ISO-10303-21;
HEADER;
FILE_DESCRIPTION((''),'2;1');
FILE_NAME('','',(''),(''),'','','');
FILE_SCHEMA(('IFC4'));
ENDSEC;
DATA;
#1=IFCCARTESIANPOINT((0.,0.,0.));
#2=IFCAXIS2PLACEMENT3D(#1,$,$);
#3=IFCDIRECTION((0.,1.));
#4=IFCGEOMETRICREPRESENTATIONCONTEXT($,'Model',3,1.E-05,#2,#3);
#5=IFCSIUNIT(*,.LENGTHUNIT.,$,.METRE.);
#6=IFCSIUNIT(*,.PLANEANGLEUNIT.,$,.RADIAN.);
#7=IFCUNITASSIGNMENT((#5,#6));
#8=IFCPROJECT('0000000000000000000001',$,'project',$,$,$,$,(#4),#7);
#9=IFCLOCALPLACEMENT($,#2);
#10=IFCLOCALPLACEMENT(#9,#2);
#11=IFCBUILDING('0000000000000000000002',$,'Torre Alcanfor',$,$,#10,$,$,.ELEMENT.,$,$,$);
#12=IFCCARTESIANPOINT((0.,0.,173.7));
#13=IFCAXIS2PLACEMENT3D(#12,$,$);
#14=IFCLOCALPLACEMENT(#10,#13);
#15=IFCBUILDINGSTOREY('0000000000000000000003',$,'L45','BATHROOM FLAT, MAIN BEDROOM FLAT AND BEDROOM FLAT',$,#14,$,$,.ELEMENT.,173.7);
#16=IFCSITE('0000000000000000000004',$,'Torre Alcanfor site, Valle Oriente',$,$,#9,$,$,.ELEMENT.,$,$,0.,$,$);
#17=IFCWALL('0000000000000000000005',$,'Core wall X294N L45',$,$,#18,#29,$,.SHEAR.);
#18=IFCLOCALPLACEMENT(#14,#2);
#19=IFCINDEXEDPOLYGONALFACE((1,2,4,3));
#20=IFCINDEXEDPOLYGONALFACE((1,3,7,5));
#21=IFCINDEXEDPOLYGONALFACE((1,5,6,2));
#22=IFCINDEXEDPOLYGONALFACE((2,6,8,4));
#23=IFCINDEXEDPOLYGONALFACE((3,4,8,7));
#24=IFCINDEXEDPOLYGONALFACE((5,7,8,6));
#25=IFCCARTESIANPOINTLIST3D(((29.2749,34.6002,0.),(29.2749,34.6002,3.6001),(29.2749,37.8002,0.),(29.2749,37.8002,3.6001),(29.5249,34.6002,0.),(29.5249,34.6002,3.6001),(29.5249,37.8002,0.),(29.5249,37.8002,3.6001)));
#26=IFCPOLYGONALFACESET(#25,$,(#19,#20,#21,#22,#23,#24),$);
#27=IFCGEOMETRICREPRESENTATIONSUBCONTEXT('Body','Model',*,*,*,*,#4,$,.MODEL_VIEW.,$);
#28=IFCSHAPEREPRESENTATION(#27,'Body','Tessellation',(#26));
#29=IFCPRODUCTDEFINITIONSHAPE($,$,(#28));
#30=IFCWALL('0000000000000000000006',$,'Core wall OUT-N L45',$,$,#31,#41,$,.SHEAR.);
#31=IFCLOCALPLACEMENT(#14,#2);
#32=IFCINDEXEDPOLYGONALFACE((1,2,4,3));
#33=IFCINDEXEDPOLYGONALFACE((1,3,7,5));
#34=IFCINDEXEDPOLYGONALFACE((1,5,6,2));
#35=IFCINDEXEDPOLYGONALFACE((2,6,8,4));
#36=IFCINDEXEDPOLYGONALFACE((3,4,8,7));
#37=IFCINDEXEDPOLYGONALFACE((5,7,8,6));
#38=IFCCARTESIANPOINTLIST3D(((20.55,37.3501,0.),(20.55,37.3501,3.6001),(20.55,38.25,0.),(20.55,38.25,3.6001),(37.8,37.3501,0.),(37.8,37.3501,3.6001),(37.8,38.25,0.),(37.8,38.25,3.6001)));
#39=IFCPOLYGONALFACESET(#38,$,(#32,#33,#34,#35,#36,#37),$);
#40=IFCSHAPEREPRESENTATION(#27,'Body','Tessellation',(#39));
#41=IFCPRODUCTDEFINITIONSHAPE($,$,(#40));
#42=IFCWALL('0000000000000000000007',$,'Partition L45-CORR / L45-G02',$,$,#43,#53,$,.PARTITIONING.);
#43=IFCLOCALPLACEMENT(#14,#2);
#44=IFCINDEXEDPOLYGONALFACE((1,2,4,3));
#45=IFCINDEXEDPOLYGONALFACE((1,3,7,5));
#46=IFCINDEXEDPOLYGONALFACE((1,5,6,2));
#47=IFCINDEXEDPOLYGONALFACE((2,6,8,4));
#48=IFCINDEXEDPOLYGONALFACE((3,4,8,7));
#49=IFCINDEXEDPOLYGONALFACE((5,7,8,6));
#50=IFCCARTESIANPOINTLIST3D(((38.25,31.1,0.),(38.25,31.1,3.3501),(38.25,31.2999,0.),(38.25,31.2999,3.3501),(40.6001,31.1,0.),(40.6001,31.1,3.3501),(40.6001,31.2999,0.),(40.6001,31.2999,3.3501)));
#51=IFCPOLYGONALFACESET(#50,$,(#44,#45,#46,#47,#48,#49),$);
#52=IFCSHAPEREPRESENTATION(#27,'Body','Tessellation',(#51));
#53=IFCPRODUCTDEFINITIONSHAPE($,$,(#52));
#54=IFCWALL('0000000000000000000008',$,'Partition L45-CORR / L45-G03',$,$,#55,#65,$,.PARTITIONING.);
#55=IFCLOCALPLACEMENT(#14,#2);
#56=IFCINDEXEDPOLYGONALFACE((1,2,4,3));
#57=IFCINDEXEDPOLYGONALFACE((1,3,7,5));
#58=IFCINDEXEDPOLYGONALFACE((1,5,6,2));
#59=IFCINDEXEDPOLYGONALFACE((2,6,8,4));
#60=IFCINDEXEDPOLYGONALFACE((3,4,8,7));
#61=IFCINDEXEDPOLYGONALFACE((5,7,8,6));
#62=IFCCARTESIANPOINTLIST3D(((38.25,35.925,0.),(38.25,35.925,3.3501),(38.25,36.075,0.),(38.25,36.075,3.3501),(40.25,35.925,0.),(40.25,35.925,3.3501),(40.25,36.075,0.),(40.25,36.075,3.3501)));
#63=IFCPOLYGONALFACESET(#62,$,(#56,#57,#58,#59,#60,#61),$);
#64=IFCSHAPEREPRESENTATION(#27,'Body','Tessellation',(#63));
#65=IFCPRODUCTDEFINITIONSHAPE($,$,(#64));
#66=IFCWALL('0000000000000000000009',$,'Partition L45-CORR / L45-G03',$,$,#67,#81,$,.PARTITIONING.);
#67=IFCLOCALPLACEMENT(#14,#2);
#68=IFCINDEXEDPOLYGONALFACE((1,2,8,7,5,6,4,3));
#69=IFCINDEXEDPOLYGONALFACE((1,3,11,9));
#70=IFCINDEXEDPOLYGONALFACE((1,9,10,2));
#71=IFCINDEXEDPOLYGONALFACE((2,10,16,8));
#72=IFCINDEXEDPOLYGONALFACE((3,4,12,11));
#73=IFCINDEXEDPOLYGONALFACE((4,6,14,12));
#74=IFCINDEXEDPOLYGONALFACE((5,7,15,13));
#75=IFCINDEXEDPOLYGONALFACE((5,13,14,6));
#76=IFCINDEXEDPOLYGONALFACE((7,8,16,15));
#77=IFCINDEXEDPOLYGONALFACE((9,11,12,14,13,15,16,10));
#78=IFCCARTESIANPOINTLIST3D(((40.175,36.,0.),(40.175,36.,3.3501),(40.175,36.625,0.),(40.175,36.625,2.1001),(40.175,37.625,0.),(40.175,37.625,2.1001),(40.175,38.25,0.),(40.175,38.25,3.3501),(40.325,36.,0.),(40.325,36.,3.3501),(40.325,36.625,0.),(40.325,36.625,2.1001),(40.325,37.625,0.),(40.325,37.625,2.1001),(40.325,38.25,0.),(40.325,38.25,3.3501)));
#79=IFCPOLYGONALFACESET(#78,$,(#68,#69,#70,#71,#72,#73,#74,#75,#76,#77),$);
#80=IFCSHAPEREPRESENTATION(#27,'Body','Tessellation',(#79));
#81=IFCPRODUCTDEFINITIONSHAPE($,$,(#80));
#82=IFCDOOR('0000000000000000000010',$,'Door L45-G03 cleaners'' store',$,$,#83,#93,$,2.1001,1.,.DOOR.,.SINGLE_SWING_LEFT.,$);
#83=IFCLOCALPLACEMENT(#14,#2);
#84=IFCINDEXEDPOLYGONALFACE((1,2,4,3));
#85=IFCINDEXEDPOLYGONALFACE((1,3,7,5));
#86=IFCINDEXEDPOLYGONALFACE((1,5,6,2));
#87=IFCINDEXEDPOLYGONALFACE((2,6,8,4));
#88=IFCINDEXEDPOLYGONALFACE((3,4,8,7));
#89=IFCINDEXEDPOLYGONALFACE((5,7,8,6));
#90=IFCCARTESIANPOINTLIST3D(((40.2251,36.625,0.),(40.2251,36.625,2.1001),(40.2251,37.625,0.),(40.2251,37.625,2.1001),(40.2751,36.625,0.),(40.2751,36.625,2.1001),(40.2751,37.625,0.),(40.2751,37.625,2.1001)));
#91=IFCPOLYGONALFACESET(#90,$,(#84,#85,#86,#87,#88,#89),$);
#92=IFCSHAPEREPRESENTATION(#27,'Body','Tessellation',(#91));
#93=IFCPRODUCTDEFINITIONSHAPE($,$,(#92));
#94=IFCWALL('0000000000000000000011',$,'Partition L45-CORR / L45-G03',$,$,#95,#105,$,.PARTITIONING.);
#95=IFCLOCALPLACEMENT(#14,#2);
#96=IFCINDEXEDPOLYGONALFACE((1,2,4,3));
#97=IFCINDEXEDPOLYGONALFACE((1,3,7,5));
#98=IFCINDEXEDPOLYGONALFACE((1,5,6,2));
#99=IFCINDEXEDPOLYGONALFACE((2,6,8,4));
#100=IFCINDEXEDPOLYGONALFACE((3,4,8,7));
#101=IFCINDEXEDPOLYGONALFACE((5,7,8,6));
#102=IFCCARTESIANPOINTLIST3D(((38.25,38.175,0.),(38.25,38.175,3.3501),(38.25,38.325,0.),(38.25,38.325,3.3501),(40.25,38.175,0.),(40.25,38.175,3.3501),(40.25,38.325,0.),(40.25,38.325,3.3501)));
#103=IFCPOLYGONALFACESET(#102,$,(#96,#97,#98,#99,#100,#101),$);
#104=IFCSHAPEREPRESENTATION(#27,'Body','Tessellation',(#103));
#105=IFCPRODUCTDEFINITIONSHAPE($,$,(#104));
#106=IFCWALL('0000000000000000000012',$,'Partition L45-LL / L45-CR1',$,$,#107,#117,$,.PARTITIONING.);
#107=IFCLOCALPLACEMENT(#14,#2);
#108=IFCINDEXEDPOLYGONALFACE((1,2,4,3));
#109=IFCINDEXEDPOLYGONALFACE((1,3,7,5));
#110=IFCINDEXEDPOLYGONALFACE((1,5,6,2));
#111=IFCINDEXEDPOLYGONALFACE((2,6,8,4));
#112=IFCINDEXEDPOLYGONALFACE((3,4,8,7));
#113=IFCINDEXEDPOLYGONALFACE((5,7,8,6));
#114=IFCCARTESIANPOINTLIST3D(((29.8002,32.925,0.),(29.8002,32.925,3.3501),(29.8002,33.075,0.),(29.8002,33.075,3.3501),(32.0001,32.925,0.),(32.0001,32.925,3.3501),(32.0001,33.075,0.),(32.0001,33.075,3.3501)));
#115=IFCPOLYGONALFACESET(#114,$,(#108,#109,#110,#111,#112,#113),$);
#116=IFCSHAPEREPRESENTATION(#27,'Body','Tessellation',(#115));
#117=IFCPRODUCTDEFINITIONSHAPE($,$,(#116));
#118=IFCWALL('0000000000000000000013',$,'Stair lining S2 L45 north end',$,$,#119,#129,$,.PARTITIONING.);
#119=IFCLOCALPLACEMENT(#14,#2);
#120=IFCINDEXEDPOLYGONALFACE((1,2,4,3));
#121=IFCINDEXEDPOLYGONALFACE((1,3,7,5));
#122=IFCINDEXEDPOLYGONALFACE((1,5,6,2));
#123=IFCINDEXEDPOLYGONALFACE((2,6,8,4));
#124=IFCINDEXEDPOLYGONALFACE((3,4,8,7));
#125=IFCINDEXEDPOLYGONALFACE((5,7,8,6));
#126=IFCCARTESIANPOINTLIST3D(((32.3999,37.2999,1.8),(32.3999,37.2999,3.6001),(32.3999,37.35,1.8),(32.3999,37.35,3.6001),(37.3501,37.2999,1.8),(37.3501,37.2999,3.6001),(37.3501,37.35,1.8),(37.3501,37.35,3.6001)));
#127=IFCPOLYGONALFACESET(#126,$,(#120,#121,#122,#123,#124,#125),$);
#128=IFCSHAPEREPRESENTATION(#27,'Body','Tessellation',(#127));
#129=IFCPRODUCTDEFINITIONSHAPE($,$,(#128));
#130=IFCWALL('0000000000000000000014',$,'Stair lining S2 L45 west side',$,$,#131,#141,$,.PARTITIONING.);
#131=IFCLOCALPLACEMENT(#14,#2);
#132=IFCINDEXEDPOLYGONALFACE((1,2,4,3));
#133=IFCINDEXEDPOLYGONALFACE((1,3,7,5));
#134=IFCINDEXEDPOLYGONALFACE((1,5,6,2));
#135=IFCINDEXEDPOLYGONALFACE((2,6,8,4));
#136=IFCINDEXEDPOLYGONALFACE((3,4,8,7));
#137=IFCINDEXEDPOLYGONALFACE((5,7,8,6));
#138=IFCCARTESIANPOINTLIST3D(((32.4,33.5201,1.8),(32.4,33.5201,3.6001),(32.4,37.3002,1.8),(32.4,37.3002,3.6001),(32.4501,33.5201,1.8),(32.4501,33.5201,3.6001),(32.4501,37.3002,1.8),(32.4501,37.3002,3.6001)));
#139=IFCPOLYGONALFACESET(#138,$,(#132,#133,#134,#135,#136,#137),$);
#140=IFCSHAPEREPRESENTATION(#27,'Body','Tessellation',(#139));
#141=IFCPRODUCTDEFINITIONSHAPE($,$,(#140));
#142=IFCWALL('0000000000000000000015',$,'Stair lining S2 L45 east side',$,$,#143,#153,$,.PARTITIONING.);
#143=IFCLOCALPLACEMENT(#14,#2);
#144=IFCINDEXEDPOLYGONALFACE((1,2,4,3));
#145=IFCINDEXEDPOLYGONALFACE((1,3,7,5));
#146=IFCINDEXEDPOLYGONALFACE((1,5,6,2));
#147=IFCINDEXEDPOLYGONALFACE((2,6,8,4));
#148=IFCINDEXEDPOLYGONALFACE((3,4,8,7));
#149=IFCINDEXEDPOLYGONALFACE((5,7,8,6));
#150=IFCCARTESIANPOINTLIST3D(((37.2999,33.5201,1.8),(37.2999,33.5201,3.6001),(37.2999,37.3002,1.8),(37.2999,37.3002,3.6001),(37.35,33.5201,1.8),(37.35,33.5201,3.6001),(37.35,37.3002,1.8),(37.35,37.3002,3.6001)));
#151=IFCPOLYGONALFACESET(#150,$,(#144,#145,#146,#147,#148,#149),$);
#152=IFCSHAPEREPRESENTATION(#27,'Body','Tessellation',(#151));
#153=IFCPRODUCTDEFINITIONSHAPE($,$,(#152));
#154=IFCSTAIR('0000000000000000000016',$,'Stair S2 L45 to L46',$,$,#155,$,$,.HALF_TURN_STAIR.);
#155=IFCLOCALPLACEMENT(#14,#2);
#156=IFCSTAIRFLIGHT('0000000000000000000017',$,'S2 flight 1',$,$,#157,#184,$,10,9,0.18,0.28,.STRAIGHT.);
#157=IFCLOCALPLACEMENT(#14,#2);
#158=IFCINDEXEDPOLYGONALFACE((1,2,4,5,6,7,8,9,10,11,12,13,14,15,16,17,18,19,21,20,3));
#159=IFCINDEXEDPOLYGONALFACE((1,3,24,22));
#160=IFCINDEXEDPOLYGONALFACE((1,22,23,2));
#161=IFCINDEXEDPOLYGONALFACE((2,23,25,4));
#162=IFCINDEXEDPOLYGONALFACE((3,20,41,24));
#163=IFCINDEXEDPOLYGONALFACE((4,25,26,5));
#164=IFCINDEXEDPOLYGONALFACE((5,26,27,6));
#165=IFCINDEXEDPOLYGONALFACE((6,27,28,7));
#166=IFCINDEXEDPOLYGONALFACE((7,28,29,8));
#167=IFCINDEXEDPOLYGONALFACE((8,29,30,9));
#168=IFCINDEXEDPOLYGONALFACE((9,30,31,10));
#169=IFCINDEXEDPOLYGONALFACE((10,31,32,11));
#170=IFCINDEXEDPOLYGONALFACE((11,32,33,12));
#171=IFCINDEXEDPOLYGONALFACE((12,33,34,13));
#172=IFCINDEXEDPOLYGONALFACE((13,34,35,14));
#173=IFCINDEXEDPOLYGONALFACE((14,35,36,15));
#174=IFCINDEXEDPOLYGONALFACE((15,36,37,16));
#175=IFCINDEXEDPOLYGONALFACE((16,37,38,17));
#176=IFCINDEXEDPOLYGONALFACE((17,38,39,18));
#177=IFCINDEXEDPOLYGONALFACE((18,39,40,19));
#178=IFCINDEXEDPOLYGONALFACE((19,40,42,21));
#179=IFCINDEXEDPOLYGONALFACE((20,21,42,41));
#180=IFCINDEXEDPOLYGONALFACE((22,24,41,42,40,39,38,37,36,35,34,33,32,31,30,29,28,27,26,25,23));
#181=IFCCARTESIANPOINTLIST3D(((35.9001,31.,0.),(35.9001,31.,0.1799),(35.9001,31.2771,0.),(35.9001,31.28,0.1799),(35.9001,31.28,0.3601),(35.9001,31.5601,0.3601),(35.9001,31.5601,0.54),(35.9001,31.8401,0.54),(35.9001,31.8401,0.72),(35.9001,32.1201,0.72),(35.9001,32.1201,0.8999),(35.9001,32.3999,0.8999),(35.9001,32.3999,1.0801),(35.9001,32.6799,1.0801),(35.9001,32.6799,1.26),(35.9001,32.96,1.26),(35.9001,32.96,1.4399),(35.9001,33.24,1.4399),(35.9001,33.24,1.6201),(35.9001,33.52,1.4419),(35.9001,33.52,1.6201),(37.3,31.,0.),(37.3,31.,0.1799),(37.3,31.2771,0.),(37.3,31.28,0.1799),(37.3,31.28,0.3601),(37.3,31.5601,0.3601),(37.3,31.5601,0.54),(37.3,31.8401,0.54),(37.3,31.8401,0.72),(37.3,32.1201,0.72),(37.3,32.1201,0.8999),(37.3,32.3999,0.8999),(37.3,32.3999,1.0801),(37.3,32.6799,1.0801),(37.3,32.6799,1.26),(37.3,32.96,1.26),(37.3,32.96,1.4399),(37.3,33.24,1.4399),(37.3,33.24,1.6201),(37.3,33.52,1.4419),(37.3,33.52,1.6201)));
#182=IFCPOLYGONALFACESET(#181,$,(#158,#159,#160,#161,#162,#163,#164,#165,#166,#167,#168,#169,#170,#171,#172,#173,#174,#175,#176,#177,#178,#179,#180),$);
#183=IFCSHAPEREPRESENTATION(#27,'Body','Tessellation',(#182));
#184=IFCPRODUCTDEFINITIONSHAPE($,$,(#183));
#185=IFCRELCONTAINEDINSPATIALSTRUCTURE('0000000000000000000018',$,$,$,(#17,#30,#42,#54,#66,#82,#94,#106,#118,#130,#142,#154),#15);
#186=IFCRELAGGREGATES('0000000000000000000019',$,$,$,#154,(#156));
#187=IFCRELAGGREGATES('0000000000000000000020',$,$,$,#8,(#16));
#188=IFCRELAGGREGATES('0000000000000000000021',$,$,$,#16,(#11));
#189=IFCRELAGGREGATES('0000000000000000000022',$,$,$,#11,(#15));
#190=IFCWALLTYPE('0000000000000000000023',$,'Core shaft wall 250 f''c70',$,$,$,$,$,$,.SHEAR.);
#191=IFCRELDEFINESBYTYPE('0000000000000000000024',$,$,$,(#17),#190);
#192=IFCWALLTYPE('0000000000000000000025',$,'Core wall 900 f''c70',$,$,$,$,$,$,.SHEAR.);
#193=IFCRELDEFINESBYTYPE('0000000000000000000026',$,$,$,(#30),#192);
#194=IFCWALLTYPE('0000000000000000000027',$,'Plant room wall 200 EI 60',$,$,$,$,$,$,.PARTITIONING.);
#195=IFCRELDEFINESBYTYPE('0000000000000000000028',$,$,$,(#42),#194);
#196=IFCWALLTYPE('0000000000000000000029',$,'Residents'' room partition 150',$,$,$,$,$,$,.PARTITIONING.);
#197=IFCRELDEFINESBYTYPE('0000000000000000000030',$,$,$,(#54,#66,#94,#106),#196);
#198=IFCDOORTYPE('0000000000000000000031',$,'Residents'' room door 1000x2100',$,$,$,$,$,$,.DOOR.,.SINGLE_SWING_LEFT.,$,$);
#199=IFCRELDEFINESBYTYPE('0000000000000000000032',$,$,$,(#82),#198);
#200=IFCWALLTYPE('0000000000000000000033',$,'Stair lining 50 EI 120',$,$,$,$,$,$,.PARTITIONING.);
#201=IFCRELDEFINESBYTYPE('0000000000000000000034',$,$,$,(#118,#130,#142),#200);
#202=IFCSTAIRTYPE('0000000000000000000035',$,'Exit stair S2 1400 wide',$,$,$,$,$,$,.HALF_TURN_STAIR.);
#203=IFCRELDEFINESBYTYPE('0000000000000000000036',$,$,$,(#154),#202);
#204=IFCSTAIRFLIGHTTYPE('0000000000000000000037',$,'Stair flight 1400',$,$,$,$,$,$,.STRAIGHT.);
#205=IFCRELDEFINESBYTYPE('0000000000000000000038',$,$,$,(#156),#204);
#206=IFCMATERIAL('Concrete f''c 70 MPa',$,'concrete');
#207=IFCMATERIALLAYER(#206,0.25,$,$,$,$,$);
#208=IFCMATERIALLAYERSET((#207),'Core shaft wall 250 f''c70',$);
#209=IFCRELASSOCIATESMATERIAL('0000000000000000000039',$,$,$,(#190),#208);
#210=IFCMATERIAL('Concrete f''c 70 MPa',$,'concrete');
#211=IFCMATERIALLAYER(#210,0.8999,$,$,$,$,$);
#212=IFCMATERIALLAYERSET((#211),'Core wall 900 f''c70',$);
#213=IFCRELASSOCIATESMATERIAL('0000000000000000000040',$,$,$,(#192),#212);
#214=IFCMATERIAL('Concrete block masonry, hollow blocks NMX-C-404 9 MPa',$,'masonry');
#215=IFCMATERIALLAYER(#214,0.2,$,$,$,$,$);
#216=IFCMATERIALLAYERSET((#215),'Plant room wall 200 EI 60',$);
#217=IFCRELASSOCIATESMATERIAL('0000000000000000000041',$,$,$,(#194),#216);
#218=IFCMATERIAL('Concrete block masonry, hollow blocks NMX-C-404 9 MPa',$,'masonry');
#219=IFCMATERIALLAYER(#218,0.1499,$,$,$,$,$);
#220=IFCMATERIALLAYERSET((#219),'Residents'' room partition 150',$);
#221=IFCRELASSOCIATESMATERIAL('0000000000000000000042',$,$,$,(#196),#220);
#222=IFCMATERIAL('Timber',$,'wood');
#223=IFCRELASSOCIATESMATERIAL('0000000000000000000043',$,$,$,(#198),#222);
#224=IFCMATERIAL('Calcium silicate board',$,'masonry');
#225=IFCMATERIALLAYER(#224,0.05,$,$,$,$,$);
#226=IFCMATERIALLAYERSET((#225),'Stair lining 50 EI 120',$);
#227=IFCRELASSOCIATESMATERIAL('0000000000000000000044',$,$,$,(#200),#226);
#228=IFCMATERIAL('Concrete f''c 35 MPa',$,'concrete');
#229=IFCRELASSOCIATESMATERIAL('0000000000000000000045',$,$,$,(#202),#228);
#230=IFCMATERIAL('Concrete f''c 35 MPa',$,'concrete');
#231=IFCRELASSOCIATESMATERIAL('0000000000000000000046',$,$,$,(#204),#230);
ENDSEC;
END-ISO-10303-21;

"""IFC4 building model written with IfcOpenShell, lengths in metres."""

from ifc_helpers import new_model, si_unit, direction, frame, frame_2d, origin, place, context, subcontext, project, spatial, polyline, rectangle, outline, extrude, material, layer, layer_set, type_object, element, fill, aggregate, save


model = new_model("IFC4")

# Units and contexts
model_context = context("Model", 3, precision=1e-05, world=origin(), true_north=direction((0.0, 1.0)))
body_context = subcontext(model_context, "Body", "Model", "MODEL_VIEW")
ifc_project = project(units=[si_unit("LENGTHUNIT", "METRE"), si_unit("PLANEANGLEUNIT", "RADIAN")], contexts=[model_context])

# Site, building, storey
site_placement = place(None, origin())
site = spatial("IfcSite", under=ifc_project, at=site_placement, Name="Torre Alcanfor site, Valle Oriente", CompositionType="ELEMENT", RefElevation=0.0)
building_placement = place(site_placement, origin())
building = spatial("IfcBuilding", under=site, at=building_placement, Name="Torre Alcanfor", CompositionType="ELEMENT")
storey_placement = place(building_placement, frame((0.0, 0.0, 173.7)))
storey = spatial("IfcBuildingStorey", under=building, at=storey_placement, Name="L45", Description="BATHROOM FLAT, MAIN BEDROOM FLAT AND BEDROOM FLAT", CompositionType="ELEMENT", Elevation=173.7)

# Walls
ifc_material_1 = material(Name="Concrete f'c 70 MPa", Category="concrete")
ifc_layer_1 = layer(ifc_material_1, 0.25)
ifc_layer_set_1 = layer_set([ifc_layer_1], Name="Core shaft wall 250 f'c70")
wall_type_1 = type_object("IfcWallType", Name="Core shaft wall 250 f'c70", PredefinedType="SHEAR", material=ifc_layer_set_1)
wall_1_placement = place(storey_placement, frame((29.3999, 34.6001, 0.0), z_axis=(0.0, 0.0, 1.0), x_axis=(0.0, 1.0, 0.0)))
element("IfcWall", 1, at=wall_1_placement, inside=storey, type_object=wall_type_1, Name="Core wall X294N L45", PredefinedType="SHEAR", context=body_context, shape_type="SweptSolid", body=[
    extrude(rectangle(XDim=3.2, YDim=0.25, at=frame_2d((1.6001, 0.0))), origin(), (0.0, 0.0, 1.0), 3.6001),
])
ifc_material_2 = material(Name="Concrete f'c 70 MPa", Category="concrete")
ifc_layer_2 = layer(ifc_material_2, 0.8999)
ifc_layer_set_2 = layer_set([ifc_layer_2], Name="Core wall 900 f'c70")
wall_type_2 = type_object("IfcWallType", Name="Core wall 900 f'c70", PredefinedType="SHEAR", material=ifc_layer_set_2)
wall_2_placement = place(storey_placement, frame((37.8, 37.8, 0.0), z_axis=(0.0, 0.0, 1.0), x_axis=(-1.0, 0.0, 0.0)))
element("IfcWall", 2, at=wall_2_placement, inside=storey, type_object=wall_type_2, Name="Core wall OUT-N L45", PredefinedType="SHEAR", context=body_context, shape_type="SweptSolid", body=[
    extrude(rectangle(XDim=17.25, YDim=0.8999, at=frame_2d((8.625, 0.0))), origin(), (0.0, 0.0, 1.0), 3.6001),
])
ifc_material_3 = material(Name="Concrete block masonry, hollow blocks NMX-C-404 9 MPa", Category="masonry")
ifc_layer_3 = layer(ifc_material_3, 0.2)
ifc_layer_set_3 = layer_set([ifc_layer_3], Name="Plant room wall 200 EI 60")
wall_type_3 = type_object("IfcWallType", Name="Plant room wall 200 EI 60", PredefinedType="PARTITIONING", material=ifc_layer_set_3)
wall_3_placement = place(storey_placement, frame((40.6001, 31.2, 0.0), z_axis=(0.0, 0.0, 1.0), x_axis=(-1.0, 0.0, 0.0)))
element("IfcWall", 3, at=wall_3_placement, inside=storey, type_object=wall_type_3, Name="Partition L45-CORR / L45-G02", PredefinedType="PARTITIONING", context=body_context, shape_type="SweptSolid", body=[
    extrude(rectangle(XDim=2.3501, YDim=0.2, at=frame_2d((1.175, 0.0))), origin(), (0.0, 0.0, 1.0), 3.3501),
])
ifc_material_4 = material(Name="Concrete block masonry, hollow blocks NMX-C-404 9 MPa", Category="masonry")
ifc_layer_4 = layer(ifc_material_4, 0.1499)
ifc_layer_set_4 = layer_set([ifc_layer_4], Name="Residents' room partition 150")
wall_type_4 = type_object("IfcWallType", Name="Residents' room partition 150", PredefinedType="PARTITIONING", material=ifc_layer_set_4)
wall_4_placement = place(storey_placement, frame((38.25, 36.0, 0.0), z_axis=(0.0, 0.0, 1.0), x_axis=(1.0, 0.0, 0.0)))
element("IfcWall", 4, at=wall_4_placement, inside=storey, type_object=wall_type_4, Name="Partition L45-CORR / L45-G03", PredefinedType="PARTITIONING", context=body_context, shape_type="SweptSolid", body=[
    extrude(rectangle(XDim=2.0, YDim=0.1499, at=frame_2d((1.0, 0.0))), origin(), (0.0, 0.0, 1.0), 3.3501),
])

# Wall, opening, door
wall_5_placement = place(storey_placement, frame((40.25, 36.0, 0.0), z_axis=(0.0, 0.0, 1.0), x_axis=(0.0, 1.0, 0.0)))
wall_5 = element("IfcWall", 5, at=wall_5_placement, inside=storey, type_object=wall_type_4, Name="Partition L45-CORR / L45-G03", PredefinedType="PARTITIONING", context=body_context, shape_type="SweptSolid", body=[
    extrude(rectangle(XDim=2.25, YDim=0.1499, at=frame_2d((1.125, 0.0))), origin(), (0.0, 0.0, 1.0), 3.3501),
])
opening_placement = place(wall_5_placement, frame((0.625, 0.0, 0.0)))
opening = element("IfcOpeningElement", 6, at=opening_placement, cuts=wall_5, PredefinedType="OPENING", context=body_context, shape_type="SweptSolid", body=[
    extrude(rectangle(XDim=1.0, YDim=2.1001, at=frame_2d((0.5, 1.05))), frame((0.0, 0.085, 0.0), z_axis=(0.0, -1.0, 0.0), x_axis=(1.0, 0.0, 0.0)), (0.0, 0.0, 1.0), 0.1699),
])
ifc_material_5 = material(Name="Timber", Category="wood")
door_type = type_object("IfcDoorType", Name="Residents' room door 1000x2100", OperationType="SINGLE_SWING_LEFT", PredefinedType="DOOR", material=ifc_material_5)
door_placement = place(opening_placement, origin())
door = element("IfcDoor", 7, at=door_placement, inside=storey, type_object=door_type, Name="Door L45-G03 cleaners' store", OperationType="SINGLE_SWING_LEFT", OverallHeight=2.1001, OverallWidth=1.0, PredefinedType="DOOR", context=body_context, shape_type="SweptSolid", body=[
    extrude(rectangle(XDim=1.0, YDim=2.1001, at=frame_2d((0.5, 1.05))), frame((0.0, 0.0249, 0.0), z_axis=(0.0, -1.0, 0.0), x_axis=(1.0, 0.0, 0.0)), (0.0, 0.0, 1.0), 0.05),
])
fill(opening, door)

# Walls
wall_6_placement = place(storey_placement, frame((40.25, 38.25, 0.0), z_axis=(0.0, 0.0, 1.0), x_axis=(-1.0, 0.0, 0.0)))
element("IfcWall", 8, at=wall_6_placement, inside=storey, type_object=wall_type_4, Name="Partition L45-CORR / L45-G03", PredefinedType="PARTITIONING", context=body_context, shape_type="SweptSolid", body=[
    extrude(rectangle(XDim=2.0, YDim=0.1499, at=frame_2d((1.0, 0.0))), origin(), (0.0, 0.0, 1.0), 3.3501),
])
wall_7_placement = place(storey_placement, frame((29.8, 33.0, 0.0), z_axis=(0.0, 0.0, 1.0), x_axis=(1.0, 0.0, 0.0)))
element("IfcWall", 9, at=wall_7_placement, inside=storey, type_object=wall_type_4, Name="Partition L45-LL / L45-CR1", PredefinedType="PARTITIONING", context=body_context, shape_type="SweptSolid", body=[
    extrude(rectangle(XDim=2.2, YDim=0.1499, at=frame_2d((1.1001, 0.0))), origin(), (0.0, 0.0, 1.0), 3.3501),
])
ifc_material_6 = material(Name="Calcium silicate board", Category="masonry")
ifc_layer_5 = layer(ifc_material_6, 0.05)
ifc_layer_set_5 = layer_set([ifc_layer_5], Name="Stair lining 50 EI 120")
wall_type_5 = type_object("IfcWallType", Name="Stair lining 50 EI 120", PredefinedType="PARTITIONING", material=ifc_layer_set_5)
wall_8_placement = place(storey_placement, frame((32.3999, 37.325, 1.8), z_axis=(0.0, 0.0, 1.0), x_axis=(1.0, 0.0, 0.0)))
element("IfcWall", 10, at=wall_8_placement, inside=storey, type_object=wall_type_5, Name="Stair lining S2 L45 north end", PredefinedType="PARTITIONING", context=body_context, shape_type="SweptSolid", body=[
    extrude(rectangle(XDim=4.9502, YDim=0.05, at=frame_2d((2.4751, 0.0))), origin(), (0.0, 0.0, 1.0), 1.8),
])
for number, where, z_axis, x_axis, name in (
    (11, (32.425, 33.52, 1.8), (0.0, 0.0, 1.0), (0.0, 1.0, 0.0), "Stair lining S2 L45 west side"),
    (12, (37.325, 33.52, 1.8), (0.0, 0.0, 1.0), (0.0, 1.0, 0.0), "Stair lining S2 L45 east side"),
):
    element("IfcWall", number, at=place(storey_placement, frame(where, z_axis=z_axis, x_axis=x_axis)), inside=storey, type_object=wall_type_5, Name=name, PredefinedType="PARTITIONING", context=body_context, shape_type="SweptSolid", body=[
        extrude(rectangle(XDim=3.78, YDim=0.05, at=frame_2d((1.8901, 0.0))), origin(), (0.0, 0.0, 1.0), 1.8),
    ])

# Stair, stair flight
ifc_material_7 = material(Name="Concrete f'c 35 MPa", Category="concrete")
stair_type = type_object("IfcStairType", Name="Exit stair S2 1400 wide", PredefinedType="HALF_TURN_STAIR", material=ifc_material_7)
stair_placement = place(storey_placement, origin())
stair = element("IfcStair", 13, at=stair_placement, inside=storey, type_object=stair_type, Name="Stair S2 L45 to L46", PredefinedType="HALF_TURN_STAIR")
ifc_material_8 = material(Name="Concrete f'c 35 MPa", Category="concrete")
stair_flight_type = type_object("IfcStairFlightType", Name="Stair flight 1400", PredefinedType="STRAIGHT", material=ifc_material_8)
stair_flight_1_placement = place(storey_placement, frame((36.6001, 31.0, 0.0), z_axis=(0.0, 0.0, 1.0), x_axis=(0.0, 1.0, 0.0)))
stair_flight_1 = element("IfcStairFlight", 14, at=stair_flight_1_placement, type_object=stair_flight_type, Name="S2 flight 1", NumberOfRisers=10, NumberOfTreads=9, PredefinedType="STRAIGHT", RiserHeight=0.18, TreadLength=0.28, context=body_context, shape_type="SweptSolid", body=[
    extrude(outline(polyline([(0.0, 0.0), (0.0, 0.1799), (0.28, 0.1799), (0.28, 0.3601), (0.5601, 0.3601), (0.5601, 0.54), (0.8401, 0.54), (0.8401, 0.72), (1.1201, 0.72), (1.1201, 0.8999), (1.3999, 0.8999), (1.3999, 1.0801), (1.6799, 1.0801), (1.6799, 1.26), (1.96, 1.26), (1.96, 1.4399), (2.24, 1.4399), (2.24, 1.6201), (2.52, 1.6201), (2.52, 1.8), (2.52, 1.4419), (0.2771, 0.0), (0.0, 0.0)])), frame((0.0, 0.7, 0.0), z_axis=(0.0, -1.0, 0.0), x_axis=(1.0, 0.0, 0.0)), (0.0, 0.0, 1.0), 1.3999),
])
aggregate(stair, [stair_flight_1])

save(model, "model.ifc")
